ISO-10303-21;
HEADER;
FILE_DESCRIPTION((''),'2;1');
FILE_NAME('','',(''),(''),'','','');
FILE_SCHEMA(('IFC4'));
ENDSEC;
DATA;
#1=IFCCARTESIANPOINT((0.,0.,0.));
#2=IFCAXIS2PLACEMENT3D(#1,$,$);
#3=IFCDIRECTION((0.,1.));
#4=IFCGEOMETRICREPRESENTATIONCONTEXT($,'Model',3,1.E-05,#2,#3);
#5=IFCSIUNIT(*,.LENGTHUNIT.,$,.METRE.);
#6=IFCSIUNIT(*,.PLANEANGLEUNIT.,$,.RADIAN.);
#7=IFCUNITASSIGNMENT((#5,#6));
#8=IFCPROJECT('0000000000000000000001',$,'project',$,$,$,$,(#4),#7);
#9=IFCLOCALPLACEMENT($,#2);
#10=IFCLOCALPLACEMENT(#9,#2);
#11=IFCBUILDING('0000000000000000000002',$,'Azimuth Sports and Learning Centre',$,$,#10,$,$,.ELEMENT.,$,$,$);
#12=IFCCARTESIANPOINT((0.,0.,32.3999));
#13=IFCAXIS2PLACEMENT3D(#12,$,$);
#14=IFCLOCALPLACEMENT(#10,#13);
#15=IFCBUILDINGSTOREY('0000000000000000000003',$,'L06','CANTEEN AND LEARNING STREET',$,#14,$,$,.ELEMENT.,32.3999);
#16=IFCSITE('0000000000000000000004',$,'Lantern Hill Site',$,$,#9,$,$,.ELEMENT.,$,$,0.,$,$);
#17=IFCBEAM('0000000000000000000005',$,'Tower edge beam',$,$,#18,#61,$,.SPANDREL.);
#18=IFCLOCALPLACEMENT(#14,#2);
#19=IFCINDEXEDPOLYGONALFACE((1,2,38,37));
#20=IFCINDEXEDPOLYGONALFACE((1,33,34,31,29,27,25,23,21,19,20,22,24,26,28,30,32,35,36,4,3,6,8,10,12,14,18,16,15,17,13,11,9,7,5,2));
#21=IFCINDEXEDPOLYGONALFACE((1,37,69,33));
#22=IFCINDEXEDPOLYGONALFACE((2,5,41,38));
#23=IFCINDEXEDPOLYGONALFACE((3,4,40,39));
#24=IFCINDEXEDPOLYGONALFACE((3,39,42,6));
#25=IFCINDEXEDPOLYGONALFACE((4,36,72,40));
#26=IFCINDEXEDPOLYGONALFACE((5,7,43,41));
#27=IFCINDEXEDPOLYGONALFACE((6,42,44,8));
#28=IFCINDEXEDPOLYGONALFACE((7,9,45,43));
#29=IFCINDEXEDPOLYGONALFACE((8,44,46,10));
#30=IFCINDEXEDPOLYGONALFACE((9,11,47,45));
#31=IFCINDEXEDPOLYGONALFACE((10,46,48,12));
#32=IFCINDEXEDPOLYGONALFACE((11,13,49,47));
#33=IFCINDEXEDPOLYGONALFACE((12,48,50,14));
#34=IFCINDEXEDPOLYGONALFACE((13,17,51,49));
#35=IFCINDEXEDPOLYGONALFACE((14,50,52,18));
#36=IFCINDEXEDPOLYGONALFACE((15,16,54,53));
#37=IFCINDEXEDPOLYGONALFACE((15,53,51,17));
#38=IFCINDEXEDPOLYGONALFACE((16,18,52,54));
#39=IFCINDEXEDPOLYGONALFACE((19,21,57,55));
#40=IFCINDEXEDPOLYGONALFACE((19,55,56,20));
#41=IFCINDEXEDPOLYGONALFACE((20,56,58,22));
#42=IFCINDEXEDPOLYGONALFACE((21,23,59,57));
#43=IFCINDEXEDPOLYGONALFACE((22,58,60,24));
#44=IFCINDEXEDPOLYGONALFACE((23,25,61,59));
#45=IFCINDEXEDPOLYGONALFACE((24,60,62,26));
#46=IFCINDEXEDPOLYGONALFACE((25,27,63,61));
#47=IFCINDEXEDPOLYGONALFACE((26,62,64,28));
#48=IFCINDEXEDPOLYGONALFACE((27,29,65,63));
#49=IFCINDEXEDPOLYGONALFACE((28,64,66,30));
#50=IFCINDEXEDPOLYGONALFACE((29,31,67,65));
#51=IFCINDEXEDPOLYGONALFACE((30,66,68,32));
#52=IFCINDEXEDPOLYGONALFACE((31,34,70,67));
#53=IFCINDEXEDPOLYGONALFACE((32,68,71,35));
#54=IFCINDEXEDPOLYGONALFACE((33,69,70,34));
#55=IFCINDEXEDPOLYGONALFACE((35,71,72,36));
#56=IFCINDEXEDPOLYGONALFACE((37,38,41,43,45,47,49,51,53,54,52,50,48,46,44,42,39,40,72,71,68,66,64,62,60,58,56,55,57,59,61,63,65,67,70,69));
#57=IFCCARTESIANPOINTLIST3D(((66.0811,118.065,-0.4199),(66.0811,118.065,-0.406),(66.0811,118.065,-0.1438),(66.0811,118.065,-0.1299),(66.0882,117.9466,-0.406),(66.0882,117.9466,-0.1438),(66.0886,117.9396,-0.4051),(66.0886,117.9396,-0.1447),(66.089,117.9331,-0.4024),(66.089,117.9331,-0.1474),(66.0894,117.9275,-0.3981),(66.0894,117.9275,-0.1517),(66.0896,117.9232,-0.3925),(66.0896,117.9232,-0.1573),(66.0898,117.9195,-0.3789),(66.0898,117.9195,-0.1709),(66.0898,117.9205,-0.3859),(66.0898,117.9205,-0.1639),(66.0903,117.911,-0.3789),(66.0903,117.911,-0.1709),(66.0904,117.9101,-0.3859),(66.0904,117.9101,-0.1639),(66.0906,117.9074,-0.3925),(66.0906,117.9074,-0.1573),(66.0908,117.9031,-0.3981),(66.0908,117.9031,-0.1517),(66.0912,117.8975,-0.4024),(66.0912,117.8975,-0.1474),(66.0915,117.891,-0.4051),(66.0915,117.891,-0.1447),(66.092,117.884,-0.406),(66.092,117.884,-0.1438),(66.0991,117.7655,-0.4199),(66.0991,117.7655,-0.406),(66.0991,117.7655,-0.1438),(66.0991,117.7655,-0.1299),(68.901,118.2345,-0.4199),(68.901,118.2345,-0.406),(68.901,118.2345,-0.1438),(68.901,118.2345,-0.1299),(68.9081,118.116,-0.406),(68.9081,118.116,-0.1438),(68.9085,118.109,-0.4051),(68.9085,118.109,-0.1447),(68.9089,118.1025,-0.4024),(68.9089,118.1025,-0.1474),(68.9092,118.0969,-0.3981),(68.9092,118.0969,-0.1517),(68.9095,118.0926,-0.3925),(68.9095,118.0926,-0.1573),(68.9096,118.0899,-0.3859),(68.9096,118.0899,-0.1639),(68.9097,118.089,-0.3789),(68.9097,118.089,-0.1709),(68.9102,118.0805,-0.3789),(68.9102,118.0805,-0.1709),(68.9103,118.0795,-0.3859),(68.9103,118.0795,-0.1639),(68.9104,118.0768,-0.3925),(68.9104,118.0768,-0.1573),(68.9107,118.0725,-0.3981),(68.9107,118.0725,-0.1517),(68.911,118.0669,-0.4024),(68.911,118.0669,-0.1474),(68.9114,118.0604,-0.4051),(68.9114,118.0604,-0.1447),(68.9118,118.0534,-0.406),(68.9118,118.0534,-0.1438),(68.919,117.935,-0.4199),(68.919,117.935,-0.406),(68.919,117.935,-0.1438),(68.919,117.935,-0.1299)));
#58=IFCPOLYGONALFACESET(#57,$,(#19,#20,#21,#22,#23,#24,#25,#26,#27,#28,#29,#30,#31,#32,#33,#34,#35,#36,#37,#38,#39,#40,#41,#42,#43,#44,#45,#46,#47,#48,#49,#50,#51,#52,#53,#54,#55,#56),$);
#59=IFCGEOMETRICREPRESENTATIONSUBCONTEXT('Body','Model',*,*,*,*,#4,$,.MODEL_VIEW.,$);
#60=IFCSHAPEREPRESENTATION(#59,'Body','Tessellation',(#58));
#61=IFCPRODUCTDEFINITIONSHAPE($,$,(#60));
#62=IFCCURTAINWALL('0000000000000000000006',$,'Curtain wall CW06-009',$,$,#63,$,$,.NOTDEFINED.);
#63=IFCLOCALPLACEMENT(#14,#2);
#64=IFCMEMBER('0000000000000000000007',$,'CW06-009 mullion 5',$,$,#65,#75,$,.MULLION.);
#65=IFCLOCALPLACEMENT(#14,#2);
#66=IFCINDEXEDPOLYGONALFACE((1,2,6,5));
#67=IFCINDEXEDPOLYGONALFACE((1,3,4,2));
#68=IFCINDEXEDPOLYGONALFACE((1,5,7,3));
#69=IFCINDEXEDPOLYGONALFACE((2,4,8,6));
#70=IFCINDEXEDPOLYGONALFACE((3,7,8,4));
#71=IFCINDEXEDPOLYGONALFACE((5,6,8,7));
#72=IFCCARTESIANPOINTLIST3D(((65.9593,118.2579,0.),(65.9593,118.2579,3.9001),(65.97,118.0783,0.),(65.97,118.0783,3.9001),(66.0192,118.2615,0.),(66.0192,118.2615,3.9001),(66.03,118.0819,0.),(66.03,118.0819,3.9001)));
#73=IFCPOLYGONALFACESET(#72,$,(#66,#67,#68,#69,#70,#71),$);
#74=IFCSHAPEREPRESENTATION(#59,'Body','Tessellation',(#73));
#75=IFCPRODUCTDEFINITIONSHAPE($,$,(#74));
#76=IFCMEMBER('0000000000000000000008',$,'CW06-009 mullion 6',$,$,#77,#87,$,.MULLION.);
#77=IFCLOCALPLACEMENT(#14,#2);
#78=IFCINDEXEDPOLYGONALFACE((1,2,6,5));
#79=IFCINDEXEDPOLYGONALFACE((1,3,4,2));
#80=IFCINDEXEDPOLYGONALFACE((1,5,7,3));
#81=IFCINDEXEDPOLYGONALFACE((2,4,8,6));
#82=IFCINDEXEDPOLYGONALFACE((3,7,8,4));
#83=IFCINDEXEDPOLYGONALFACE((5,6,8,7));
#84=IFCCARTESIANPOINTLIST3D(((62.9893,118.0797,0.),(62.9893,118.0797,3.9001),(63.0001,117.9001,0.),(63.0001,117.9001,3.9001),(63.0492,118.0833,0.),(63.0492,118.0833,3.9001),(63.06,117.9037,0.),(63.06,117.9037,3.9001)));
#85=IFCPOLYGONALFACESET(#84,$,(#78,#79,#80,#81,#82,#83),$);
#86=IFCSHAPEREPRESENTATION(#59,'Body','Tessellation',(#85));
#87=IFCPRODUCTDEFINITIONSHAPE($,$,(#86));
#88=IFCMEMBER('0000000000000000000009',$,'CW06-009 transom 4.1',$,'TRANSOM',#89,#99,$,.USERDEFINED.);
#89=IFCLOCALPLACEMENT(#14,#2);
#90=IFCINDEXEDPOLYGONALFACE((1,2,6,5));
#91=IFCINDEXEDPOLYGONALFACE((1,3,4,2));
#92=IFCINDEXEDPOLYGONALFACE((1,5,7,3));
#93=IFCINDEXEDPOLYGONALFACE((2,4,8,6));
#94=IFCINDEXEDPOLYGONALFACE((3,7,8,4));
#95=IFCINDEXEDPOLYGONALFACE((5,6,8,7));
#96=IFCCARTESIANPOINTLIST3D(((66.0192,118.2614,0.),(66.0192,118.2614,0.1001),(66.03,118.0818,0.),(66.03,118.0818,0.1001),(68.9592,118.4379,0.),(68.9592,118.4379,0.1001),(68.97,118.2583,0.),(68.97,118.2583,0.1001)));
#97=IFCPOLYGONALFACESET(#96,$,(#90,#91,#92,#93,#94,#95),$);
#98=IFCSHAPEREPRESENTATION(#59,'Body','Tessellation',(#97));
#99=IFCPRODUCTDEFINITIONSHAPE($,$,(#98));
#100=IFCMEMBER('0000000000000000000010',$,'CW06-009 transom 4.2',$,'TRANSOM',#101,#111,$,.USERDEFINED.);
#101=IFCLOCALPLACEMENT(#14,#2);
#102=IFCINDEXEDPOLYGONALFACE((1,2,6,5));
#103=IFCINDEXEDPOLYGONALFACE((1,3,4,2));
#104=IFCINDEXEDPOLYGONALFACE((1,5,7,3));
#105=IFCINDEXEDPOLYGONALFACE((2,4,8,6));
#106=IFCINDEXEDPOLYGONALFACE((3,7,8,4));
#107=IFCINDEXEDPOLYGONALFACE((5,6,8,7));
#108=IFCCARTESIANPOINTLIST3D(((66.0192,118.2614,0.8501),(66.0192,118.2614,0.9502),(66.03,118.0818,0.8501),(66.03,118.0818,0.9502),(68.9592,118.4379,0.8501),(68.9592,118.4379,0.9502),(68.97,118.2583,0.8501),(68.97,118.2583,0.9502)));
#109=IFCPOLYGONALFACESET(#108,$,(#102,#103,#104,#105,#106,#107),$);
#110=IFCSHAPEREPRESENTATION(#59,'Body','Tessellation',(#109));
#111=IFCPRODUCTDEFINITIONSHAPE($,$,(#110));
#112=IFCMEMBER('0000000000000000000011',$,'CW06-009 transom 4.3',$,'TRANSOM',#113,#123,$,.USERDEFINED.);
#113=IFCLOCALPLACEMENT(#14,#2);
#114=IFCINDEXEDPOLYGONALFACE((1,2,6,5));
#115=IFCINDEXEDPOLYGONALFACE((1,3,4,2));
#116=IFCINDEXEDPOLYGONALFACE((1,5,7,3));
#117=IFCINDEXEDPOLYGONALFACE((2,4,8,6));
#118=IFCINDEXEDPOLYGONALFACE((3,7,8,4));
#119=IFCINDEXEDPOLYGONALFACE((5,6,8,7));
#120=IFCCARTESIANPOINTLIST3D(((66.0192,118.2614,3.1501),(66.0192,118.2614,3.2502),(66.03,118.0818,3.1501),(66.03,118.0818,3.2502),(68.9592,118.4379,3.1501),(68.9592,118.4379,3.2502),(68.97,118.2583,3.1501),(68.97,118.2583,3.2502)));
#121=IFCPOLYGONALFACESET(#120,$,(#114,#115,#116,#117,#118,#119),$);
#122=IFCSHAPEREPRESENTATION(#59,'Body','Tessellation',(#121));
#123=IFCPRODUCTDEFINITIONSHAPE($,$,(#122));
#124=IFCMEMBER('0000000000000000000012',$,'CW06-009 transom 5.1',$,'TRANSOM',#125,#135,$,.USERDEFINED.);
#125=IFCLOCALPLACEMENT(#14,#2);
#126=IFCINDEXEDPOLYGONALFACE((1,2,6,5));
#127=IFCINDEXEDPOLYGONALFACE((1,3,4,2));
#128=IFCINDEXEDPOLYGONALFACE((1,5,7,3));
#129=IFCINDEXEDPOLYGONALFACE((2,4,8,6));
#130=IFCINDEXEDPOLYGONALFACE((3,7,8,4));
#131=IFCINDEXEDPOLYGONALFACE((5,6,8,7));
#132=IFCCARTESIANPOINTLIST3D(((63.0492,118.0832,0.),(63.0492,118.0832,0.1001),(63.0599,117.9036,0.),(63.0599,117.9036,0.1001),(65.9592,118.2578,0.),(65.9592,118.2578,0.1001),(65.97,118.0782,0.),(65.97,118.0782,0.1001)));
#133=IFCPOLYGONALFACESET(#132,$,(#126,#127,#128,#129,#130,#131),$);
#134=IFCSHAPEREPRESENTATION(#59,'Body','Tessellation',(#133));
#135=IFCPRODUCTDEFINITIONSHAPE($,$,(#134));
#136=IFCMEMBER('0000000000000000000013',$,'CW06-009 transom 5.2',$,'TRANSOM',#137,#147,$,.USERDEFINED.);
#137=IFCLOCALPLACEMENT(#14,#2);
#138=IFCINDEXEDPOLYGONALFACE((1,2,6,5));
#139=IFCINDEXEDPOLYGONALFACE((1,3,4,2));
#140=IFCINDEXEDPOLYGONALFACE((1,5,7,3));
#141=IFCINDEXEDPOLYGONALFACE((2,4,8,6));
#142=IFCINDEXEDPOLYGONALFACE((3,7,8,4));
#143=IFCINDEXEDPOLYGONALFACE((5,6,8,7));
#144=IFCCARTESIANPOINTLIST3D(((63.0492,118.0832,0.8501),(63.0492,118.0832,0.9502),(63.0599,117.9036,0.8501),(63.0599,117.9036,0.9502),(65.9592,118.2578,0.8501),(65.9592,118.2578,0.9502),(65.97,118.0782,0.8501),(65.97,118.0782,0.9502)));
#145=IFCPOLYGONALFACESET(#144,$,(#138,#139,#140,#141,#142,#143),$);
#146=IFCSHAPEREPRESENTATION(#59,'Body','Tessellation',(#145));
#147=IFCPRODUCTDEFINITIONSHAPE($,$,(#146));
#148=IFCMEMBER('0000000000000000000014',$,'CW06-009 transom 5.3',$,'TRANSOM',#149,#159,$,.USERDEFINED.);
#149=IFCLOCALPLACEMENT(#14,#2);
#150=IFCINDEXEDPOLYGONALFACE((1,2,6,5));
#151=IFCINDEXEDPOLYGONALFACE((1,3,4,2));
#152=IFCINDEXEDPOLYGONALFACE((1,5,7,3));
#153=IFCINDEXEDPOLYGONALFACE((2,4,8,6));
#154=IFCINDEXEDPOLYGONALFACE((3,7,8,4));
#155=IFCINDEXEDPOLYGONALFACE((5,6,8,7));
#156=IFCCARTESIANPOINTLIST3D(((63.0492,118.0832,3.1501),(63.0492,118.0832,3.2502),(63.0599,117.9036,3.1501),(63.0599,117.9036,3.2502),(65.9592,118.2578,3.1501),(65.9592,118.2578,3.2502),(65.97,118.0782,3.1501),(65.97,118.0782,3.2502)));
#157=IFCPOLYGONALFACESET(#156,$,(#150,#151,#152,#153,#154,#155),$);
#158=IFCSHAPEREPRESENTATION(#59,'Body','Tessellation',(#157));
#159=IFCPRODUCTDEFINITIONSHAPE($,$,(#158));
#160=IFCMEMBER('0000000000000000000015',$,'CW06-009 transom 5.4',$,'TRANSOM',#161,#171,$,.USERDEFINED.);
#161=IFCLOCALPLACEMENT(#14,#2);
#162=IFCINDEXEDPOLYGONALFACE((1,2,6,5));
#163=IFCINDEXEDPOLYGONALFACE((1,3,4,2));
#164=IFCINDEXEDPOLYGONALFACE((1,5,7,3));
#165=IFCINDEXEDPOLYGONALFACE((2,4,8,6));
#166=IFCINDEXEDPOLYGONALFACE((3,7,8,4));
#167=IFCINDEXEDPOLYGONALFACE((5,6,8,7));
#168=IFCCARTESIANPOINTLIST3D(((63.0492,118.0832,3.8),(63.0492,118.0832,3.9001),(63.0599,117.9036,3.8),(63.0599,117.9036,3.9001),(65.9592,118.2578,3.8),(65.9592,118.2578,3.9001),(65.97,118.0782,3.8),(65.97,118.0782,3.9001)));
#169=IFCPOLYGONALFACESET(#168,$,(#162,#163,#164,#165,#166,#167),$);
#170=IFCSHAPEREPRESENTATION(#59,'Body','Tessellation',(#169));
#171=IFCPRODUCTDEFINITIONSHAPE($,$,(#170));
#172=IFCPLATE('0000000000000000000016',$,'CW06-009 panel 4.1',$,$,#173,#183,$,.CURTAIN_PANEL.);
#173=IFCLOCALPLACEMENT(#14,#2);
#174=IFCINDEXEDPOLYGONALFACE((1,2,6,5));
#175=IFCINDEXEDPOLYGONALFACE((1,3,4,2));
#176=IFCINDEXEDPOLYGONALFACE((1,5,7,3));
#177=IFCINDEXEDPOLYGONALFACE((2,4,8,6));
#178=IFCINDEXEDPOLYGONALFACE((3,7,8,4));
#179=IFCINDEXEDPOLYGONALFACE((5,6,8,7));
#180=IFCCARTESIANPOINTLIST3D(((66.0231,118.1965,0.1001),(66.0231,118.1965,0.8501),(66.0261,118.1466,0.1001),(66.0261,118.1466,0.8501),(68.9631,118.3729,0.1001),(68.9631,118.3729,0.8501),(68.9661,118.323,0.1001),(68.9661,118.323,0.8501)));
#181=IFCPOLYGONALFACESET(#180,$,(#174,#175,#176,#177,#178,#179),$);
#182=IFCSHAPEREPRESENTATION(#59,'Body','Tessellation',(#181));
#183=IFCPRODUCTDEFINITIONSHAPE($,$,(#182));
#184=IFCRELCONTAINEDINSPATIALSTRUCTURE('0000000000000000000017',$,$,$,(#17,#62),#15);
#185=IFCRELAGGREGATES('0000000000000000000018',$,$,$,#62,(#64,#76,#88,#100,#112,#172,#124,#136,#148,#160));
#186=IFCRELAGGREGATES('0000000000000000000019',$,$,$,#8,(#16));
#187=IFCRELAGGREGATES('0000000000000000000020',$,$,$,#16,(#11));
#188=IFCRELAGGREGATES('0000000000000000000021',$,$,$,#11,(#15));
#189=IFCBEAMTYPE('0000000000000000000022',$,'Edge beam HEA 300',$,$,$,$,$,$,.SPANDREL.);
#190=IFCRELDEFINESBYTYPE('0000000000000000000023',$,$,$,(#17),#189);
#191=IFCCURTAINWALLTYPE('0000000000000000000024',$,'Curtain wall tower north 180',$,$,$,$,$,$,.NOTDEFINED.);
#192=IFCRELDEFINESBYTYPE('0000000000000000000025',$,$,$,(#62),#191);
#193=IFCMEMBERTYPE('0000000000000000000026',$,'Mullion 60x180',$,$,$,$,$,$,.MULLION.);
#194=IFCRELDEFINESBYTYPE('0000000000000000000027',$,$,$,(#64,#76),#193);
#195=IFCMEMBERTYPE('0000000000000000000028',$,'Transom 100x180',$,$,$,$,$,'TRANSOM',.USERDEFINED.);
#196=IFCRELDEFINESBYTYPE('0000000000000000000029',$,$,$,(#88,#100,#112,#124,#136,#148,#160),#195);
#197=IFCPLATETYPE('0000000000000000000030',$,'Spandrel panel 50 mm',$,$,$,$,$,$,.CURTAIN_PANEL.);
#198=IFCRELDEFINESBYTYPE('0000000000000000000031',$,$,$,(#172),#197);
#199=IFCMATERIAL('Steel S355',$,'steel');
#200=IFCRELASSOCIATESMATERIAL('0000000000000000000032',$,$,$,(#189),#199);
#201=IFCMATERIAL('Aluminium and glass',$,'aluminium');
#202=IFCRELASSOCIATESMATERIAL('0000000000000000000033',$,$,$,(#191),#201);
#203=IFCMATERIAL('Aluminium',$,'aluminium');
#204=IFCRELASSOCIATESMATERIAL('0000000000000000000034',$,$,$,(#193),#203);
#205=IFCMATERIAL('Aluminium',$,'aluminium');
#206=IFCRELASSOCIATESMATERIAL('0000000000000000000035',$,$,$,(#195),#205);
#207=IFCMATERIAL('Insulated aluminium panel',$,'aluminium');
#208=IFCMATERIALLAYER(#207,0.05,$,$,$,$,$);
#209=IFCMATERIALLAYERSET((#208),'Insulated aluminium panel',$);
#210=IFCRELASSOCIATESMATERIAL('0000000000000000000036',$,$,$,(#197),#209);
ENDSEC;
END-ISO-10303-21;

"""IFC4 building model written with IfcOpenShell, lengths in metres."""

from ifc_helpers import new_model, si_unit, direction, frame, origin, origin_2d, place, context, subcontext, project, spatial, rectangle, i_section, extrude, material, layer, layer_set, material_profile, profile_set, type_object, element, aggregate, save


model = new_model("IFC4")

# Units and contexts
model_context = context("Model", 3, precision=1e-05, world=origin(), true_north=direction((0.0, 1.0)))
body_context = subcontext(model_context, "Body", "Model", "MODEL_VIEW")
ifc_project = project(units=[si_unit("LENGTHUNIT", "METRE"), si_unit("PLANEANGLEUNIT", "RADIAN")], contexts=[model_context])

# Site, building, storey
site_placement = place(None, origin())
site = spatial("IfcSite", under=ifc_project, at=site_placement, Name="Lantern Hill Site", CompositionType="ELEMENT", RefElevation=0.0)
building_placement = place(site_placement, origin())
building = spatial("IfcBuilding", under=site, at=building_placement, Name="Azimuth Sports and Learning Centre", CompositionType="ELEMENT")
storey_placement = place(building_placement, frame((0.0, 0.0, 32.3999)))
storey = spatial("IfcBuildingStorey", under=building, at=storey_placement, Name="L06", Description="CANTEEN AND LEARNING STREET", CompositionType="ELEMENT", Elevation=32.3999)

# Beam
ifc_material_1 = material(Name="Steel S355", Category="steel")
ifc_material_profile_1 = material_profile(ifc_material_1, i_section(OverallWidth=0.3, OverallDepth=0.29, WebThickness=0.0085, FlangeThickness=0.0139, FilletRadius=0.0271, at=origin_2d()), Name="HEA 300")
ifc_profile_set_1 = profile_set([ifc_material_profile_1], Name="Steel S355")
beam_type_1 = type_object("IfcBeamType", Name="Edge beam HEA 300", PredefinedType="SPANDREL", material=ifc_profile_set_1)
beam_1_placement = place(storey_placement, frame((66.0901, 117.9153, -0.2749), z_axis=(0.9982, 0.059978, 0.0), x_axis=(-0.059978, 0.9982, 0.0)))
element("IfcBeam", 1, at=beam_1_placement, inside=storey, type_object=beam_type_1, Name="Tower edge beam", PredefinedType="SPANDREL", context=body_context, shape_type="SweptSolid", body=[
    extrude(i_section(OverallWidth=0.3, OverallDepth=0.29, WebThickness=0.0085, FlangeThickness=0.0139, FilletRadius=0.0271, at=origin_2d()), origin(), (0.0, 0.0, 1.0), 2.825),
])

# Curtain wall, members, plate
ifc_material_2 = material(Name="Aluminium and glass", Category="aluminium")
curtain_wall_type = type_object("IfcCurtainWallType", Name="Curtain wall tower north 180", PredefinedType="NOTDEFINED", material=ifc_material_2)
curtain_wall_placement = place(storey_placement, origin())
curtain_wall = element("IfcCurtainWall", 2, at=curtain_wall_placement, inside=storey, type_object=curtain_wall_type, Name="Curtain wall CW06-009", PredefinedType="NOTDEFINED")
ifc_material_3 = material(Name="Aluminium", Category="aluminium")
ifc_material_profile_2 = material_profile(ifc_material_3, rectangle(XDim=0.1799, YDim=0.0601, at=origin_2d()), Name="Mullion 60x180")
ifc_profile_set_2 = profile_set([ifc_material_profile_2], Name="Aluminium")
member_type_1 = type_object("IfcMemberType", Name="Mullion 60x180", PredefinedType="MULLION", material=ifc_profile_set_2)
member_1_placement = place(storey_placement, frame((65.9946, 118.1699, 0.0), z_axis=(0.0, 0.0, 1.0), x_axis=(0.059892, -0.998205, 0.0)))
member_1 = element("IfcMember", 3, at=member_1_placement, type_object=member_type_1, Name="CW06-009 mullion 5", PredefinedType="MULLION", context=body_context, shape_type="SweptSolid", body=[
    extrude(rectangle(XDim=0.1799, YDim=0.0601, at=origin_2d()), origin(), (0.0, 0.0, 1.0), 3.9001),
])
member_2_placement = place(storey_placement, frame((63.0247, 117.9917, 0.0), z_axis=(0.0, 0.0, 1.0), x_axis=(0.059892, -0.998205, 0.0)))
member_2 = element("IfcMember", 4, at=member_2_placement, type_object=member_type_1, Name="CW06-009 mullion 6", PredefinedType="MULLION", context=body_context, shape_type="SweptSolid", body=[
    extrude(rectangle(XDim=0.1799, YDim=0.0601, at=origin_2d()), origin(), (0.0, 0.0, 1.0), 3.9001),
])
ifc_material_4 = material(Name="Aluminium", Category="aluminium")
ifc_material_profile_3 = material_profile(ifc_material_4, rectangle(XDim=0.1799, YDim=0.1001, at=origin_2d()), Name="Transom 100x180")
ifc_profile_set_3 = profile_set([ifc_material_profile_3], Name="Aluminium")
member_type_2 = type_object("IfcMemberType", Name="Transom 100x180", ElementType="TRANSOM", PredefinedType="USERDEFINED", material=ifc_profile_set_3)
member_3_placement = place(storey_placement, frame((68.9646, 118.3481, 0.05), z_axis=(-0.998202, -0.059932, 0.0), x_axis=(0.059932, -0.998202, 0.0)))
member_3 = element("IfcMember", 5, at=member_3_placement, type_object=member_type_2, Name="CW06-009 transom 4.1", ObjectType="TRANSOM", PredefinedType="USERDEFINED", context=body_context, shape_type="SweptSolid", body=[
    extrude(rectangle(XDim=0.1799, YDim=0.1001, at=origin_2d()), origin(), (0.0, 0.0, 1.0), 2.9453),
])
member_4_placement = place(storey_placement, frame((68.9646, 118.3481, 0.9001), z_axis=(-0.998202, -0.059932, 0.0), x_axis=(0.059932, -0.998202, 0.0)))
member_4 = element("IfcMember", 6, at=member_4_placement, type_object=member_type_2, Name="CW06-009 transom 4.2", ObjectType="TRANSOM", PredefinedType="USERDEFINED", context=body_context, shape_type="SweptSolid", body=[
    extrude(rectangle(XDim=0.1799, YDim=0.1001, at=origin_2d()), origin(), (0.0, 0.0, 1.0), 2.9453),
])
member_5_placement = place(storey_placement, frame((68.9646, 118.3481, 3.2002), z_axis=(-0.998202, -0.059932, 0.0), x_axis=(0.059932, -0.998202, 0.0)))
member_5 = element("IfcMember", 7, at=member_5_placement, type_object=member_type_2, Name="CW06-009 transom 4.3", ObjectType="TRANSOM", PredefinedType="USERDEFINED", context=body_context, shape_type="SweptSolid", body=[
    extrude(rectangle(XDim=0.1799, YDim=0.1001, at=origin_2d()), origin(), (0.0, 0.0, 1.0), 2.9453),
])
member_6_placement = place(storey_placement, frame((65.9646, 118.168, 0.05), z_axis=(-0.998206, -0.059876, 0.0), x_axis=(0.059876, -0.998206, 0.0)))
member_6 = element("IfcMember", 8, at=member_6_placement, type_object=member_type_2, Name="CW06-009 transom 5.1", ObjectType="TRANSOM", PredefinedType="USERDEFINED", context=body_context, shape_type="SweptSolid", body=[
    extrude(rectangle(XDim=0.1799, YDim=0.1001, at=origin_2d()), origin(), (0.0, 0.0, 1.0), 2.9153),
])
member_7_placement = place(storey_placement, frame((65.9646, 118.168, 0.9001), z_axis=(-0.998206, -0.059876, 0.0), x_axis=(0.059876, -0.998206, 0.0)))
member_7 = element("IfcMember", 9, at=member_7_placement, type_object=member_type_2, Name="CW06-009 transom 5.2", ObjectType="TRANSOM", PredefinedType="USERDEFINED", context=body_context, shape_type="SweptSolid", body=[
    extrude(rectangle(XDim=0.1799, YDim=0.1001, at=origin_2d()), origin(), (0.0, 0.0, 1.0), 2.9153),
])
member_8_placement = place(storey_placement, frame((65.9646, 118.168, 3.2002), z_axis=(-0.998206, -0.059876, 0.0), x_axis=(0.059876, -0.998206, 0.0)))
member_8 = element("IfcMember", 10, at=member_8_placement, type_object=member_type_2, Name="CW06-009 transom 5.3", ObjectType="TRANSOM", PredefinedType="USERDEFINED", context=body_context, shape_type="SweptSolid", body=[
    extrude(rectangle(XDim=0.1799, YDim=0.1001, at=origin_2d()), origin(), (0.0, 0.0, 1.0), 2.9153),
])
member_9_placement = place(storey_placement, frame((65.9646, 118.168, 3.8501), z_axis=(-0.998206, -0.059876, 0.0), x_axis=(0.059876, -0.998206, 0.0)))
member_9 = element("IfcMember", 11, at=member_9_placement, type_object=member_type_2, Name="CW06-009 transom 5.4", ObjectType="TRANSOM", PredefinedType="USERDEFINED", context=body_context, shape_type="SweptSolid", body=[
    extrude(rectangle(XDim=0.1799, YDim=0.1001, at=origin_2d()), origin(), (0.0, 0.0, 1.0), 2.9153),
])
ifc_material_5 = material(Name="Insulated aluminium panel", Category="aluminium")
ifc_layer_1 = layer(ifc_material_5, 0.05)
ifc_layer_set_1 = layer_set([ifc_layer_1], Name="Insulated aluminium panel")
plate_type_1 = type_object("IfcPlateType", Name="Spandrel panel 50 mm", PredefinedType="CURTAIN_PANEL", material=ifc_layer_set_1)
plate_1_placement = place(storey_placement, frame((67.4946, 118.2598, 0.1001), z_axis=(0.0, 0.0, 1.0), x_axis=(-0.998205, -0.059892, 0.0)))
plate_1 = element("IfcPlate", 12, at=plate_1_placement, type_object=plate_type_1, Name="CW06-009 panel 4.1", PredefinedType="CURTAIN_PANEL", context=body_context, shape_type="SweptSolid", body=[
    extrude(rectangle(XDim=2.9453, YDim=0.05, at=origin_2d()), origin(), (0.0, 0.0, 1.0), 0.75),
])
aggregate(curtain_wall, [member_1, member_2, member_3, member_4, member_5, plate_1, member_6, member_7, member_8, member_9])

save(model, "model.ifc")
